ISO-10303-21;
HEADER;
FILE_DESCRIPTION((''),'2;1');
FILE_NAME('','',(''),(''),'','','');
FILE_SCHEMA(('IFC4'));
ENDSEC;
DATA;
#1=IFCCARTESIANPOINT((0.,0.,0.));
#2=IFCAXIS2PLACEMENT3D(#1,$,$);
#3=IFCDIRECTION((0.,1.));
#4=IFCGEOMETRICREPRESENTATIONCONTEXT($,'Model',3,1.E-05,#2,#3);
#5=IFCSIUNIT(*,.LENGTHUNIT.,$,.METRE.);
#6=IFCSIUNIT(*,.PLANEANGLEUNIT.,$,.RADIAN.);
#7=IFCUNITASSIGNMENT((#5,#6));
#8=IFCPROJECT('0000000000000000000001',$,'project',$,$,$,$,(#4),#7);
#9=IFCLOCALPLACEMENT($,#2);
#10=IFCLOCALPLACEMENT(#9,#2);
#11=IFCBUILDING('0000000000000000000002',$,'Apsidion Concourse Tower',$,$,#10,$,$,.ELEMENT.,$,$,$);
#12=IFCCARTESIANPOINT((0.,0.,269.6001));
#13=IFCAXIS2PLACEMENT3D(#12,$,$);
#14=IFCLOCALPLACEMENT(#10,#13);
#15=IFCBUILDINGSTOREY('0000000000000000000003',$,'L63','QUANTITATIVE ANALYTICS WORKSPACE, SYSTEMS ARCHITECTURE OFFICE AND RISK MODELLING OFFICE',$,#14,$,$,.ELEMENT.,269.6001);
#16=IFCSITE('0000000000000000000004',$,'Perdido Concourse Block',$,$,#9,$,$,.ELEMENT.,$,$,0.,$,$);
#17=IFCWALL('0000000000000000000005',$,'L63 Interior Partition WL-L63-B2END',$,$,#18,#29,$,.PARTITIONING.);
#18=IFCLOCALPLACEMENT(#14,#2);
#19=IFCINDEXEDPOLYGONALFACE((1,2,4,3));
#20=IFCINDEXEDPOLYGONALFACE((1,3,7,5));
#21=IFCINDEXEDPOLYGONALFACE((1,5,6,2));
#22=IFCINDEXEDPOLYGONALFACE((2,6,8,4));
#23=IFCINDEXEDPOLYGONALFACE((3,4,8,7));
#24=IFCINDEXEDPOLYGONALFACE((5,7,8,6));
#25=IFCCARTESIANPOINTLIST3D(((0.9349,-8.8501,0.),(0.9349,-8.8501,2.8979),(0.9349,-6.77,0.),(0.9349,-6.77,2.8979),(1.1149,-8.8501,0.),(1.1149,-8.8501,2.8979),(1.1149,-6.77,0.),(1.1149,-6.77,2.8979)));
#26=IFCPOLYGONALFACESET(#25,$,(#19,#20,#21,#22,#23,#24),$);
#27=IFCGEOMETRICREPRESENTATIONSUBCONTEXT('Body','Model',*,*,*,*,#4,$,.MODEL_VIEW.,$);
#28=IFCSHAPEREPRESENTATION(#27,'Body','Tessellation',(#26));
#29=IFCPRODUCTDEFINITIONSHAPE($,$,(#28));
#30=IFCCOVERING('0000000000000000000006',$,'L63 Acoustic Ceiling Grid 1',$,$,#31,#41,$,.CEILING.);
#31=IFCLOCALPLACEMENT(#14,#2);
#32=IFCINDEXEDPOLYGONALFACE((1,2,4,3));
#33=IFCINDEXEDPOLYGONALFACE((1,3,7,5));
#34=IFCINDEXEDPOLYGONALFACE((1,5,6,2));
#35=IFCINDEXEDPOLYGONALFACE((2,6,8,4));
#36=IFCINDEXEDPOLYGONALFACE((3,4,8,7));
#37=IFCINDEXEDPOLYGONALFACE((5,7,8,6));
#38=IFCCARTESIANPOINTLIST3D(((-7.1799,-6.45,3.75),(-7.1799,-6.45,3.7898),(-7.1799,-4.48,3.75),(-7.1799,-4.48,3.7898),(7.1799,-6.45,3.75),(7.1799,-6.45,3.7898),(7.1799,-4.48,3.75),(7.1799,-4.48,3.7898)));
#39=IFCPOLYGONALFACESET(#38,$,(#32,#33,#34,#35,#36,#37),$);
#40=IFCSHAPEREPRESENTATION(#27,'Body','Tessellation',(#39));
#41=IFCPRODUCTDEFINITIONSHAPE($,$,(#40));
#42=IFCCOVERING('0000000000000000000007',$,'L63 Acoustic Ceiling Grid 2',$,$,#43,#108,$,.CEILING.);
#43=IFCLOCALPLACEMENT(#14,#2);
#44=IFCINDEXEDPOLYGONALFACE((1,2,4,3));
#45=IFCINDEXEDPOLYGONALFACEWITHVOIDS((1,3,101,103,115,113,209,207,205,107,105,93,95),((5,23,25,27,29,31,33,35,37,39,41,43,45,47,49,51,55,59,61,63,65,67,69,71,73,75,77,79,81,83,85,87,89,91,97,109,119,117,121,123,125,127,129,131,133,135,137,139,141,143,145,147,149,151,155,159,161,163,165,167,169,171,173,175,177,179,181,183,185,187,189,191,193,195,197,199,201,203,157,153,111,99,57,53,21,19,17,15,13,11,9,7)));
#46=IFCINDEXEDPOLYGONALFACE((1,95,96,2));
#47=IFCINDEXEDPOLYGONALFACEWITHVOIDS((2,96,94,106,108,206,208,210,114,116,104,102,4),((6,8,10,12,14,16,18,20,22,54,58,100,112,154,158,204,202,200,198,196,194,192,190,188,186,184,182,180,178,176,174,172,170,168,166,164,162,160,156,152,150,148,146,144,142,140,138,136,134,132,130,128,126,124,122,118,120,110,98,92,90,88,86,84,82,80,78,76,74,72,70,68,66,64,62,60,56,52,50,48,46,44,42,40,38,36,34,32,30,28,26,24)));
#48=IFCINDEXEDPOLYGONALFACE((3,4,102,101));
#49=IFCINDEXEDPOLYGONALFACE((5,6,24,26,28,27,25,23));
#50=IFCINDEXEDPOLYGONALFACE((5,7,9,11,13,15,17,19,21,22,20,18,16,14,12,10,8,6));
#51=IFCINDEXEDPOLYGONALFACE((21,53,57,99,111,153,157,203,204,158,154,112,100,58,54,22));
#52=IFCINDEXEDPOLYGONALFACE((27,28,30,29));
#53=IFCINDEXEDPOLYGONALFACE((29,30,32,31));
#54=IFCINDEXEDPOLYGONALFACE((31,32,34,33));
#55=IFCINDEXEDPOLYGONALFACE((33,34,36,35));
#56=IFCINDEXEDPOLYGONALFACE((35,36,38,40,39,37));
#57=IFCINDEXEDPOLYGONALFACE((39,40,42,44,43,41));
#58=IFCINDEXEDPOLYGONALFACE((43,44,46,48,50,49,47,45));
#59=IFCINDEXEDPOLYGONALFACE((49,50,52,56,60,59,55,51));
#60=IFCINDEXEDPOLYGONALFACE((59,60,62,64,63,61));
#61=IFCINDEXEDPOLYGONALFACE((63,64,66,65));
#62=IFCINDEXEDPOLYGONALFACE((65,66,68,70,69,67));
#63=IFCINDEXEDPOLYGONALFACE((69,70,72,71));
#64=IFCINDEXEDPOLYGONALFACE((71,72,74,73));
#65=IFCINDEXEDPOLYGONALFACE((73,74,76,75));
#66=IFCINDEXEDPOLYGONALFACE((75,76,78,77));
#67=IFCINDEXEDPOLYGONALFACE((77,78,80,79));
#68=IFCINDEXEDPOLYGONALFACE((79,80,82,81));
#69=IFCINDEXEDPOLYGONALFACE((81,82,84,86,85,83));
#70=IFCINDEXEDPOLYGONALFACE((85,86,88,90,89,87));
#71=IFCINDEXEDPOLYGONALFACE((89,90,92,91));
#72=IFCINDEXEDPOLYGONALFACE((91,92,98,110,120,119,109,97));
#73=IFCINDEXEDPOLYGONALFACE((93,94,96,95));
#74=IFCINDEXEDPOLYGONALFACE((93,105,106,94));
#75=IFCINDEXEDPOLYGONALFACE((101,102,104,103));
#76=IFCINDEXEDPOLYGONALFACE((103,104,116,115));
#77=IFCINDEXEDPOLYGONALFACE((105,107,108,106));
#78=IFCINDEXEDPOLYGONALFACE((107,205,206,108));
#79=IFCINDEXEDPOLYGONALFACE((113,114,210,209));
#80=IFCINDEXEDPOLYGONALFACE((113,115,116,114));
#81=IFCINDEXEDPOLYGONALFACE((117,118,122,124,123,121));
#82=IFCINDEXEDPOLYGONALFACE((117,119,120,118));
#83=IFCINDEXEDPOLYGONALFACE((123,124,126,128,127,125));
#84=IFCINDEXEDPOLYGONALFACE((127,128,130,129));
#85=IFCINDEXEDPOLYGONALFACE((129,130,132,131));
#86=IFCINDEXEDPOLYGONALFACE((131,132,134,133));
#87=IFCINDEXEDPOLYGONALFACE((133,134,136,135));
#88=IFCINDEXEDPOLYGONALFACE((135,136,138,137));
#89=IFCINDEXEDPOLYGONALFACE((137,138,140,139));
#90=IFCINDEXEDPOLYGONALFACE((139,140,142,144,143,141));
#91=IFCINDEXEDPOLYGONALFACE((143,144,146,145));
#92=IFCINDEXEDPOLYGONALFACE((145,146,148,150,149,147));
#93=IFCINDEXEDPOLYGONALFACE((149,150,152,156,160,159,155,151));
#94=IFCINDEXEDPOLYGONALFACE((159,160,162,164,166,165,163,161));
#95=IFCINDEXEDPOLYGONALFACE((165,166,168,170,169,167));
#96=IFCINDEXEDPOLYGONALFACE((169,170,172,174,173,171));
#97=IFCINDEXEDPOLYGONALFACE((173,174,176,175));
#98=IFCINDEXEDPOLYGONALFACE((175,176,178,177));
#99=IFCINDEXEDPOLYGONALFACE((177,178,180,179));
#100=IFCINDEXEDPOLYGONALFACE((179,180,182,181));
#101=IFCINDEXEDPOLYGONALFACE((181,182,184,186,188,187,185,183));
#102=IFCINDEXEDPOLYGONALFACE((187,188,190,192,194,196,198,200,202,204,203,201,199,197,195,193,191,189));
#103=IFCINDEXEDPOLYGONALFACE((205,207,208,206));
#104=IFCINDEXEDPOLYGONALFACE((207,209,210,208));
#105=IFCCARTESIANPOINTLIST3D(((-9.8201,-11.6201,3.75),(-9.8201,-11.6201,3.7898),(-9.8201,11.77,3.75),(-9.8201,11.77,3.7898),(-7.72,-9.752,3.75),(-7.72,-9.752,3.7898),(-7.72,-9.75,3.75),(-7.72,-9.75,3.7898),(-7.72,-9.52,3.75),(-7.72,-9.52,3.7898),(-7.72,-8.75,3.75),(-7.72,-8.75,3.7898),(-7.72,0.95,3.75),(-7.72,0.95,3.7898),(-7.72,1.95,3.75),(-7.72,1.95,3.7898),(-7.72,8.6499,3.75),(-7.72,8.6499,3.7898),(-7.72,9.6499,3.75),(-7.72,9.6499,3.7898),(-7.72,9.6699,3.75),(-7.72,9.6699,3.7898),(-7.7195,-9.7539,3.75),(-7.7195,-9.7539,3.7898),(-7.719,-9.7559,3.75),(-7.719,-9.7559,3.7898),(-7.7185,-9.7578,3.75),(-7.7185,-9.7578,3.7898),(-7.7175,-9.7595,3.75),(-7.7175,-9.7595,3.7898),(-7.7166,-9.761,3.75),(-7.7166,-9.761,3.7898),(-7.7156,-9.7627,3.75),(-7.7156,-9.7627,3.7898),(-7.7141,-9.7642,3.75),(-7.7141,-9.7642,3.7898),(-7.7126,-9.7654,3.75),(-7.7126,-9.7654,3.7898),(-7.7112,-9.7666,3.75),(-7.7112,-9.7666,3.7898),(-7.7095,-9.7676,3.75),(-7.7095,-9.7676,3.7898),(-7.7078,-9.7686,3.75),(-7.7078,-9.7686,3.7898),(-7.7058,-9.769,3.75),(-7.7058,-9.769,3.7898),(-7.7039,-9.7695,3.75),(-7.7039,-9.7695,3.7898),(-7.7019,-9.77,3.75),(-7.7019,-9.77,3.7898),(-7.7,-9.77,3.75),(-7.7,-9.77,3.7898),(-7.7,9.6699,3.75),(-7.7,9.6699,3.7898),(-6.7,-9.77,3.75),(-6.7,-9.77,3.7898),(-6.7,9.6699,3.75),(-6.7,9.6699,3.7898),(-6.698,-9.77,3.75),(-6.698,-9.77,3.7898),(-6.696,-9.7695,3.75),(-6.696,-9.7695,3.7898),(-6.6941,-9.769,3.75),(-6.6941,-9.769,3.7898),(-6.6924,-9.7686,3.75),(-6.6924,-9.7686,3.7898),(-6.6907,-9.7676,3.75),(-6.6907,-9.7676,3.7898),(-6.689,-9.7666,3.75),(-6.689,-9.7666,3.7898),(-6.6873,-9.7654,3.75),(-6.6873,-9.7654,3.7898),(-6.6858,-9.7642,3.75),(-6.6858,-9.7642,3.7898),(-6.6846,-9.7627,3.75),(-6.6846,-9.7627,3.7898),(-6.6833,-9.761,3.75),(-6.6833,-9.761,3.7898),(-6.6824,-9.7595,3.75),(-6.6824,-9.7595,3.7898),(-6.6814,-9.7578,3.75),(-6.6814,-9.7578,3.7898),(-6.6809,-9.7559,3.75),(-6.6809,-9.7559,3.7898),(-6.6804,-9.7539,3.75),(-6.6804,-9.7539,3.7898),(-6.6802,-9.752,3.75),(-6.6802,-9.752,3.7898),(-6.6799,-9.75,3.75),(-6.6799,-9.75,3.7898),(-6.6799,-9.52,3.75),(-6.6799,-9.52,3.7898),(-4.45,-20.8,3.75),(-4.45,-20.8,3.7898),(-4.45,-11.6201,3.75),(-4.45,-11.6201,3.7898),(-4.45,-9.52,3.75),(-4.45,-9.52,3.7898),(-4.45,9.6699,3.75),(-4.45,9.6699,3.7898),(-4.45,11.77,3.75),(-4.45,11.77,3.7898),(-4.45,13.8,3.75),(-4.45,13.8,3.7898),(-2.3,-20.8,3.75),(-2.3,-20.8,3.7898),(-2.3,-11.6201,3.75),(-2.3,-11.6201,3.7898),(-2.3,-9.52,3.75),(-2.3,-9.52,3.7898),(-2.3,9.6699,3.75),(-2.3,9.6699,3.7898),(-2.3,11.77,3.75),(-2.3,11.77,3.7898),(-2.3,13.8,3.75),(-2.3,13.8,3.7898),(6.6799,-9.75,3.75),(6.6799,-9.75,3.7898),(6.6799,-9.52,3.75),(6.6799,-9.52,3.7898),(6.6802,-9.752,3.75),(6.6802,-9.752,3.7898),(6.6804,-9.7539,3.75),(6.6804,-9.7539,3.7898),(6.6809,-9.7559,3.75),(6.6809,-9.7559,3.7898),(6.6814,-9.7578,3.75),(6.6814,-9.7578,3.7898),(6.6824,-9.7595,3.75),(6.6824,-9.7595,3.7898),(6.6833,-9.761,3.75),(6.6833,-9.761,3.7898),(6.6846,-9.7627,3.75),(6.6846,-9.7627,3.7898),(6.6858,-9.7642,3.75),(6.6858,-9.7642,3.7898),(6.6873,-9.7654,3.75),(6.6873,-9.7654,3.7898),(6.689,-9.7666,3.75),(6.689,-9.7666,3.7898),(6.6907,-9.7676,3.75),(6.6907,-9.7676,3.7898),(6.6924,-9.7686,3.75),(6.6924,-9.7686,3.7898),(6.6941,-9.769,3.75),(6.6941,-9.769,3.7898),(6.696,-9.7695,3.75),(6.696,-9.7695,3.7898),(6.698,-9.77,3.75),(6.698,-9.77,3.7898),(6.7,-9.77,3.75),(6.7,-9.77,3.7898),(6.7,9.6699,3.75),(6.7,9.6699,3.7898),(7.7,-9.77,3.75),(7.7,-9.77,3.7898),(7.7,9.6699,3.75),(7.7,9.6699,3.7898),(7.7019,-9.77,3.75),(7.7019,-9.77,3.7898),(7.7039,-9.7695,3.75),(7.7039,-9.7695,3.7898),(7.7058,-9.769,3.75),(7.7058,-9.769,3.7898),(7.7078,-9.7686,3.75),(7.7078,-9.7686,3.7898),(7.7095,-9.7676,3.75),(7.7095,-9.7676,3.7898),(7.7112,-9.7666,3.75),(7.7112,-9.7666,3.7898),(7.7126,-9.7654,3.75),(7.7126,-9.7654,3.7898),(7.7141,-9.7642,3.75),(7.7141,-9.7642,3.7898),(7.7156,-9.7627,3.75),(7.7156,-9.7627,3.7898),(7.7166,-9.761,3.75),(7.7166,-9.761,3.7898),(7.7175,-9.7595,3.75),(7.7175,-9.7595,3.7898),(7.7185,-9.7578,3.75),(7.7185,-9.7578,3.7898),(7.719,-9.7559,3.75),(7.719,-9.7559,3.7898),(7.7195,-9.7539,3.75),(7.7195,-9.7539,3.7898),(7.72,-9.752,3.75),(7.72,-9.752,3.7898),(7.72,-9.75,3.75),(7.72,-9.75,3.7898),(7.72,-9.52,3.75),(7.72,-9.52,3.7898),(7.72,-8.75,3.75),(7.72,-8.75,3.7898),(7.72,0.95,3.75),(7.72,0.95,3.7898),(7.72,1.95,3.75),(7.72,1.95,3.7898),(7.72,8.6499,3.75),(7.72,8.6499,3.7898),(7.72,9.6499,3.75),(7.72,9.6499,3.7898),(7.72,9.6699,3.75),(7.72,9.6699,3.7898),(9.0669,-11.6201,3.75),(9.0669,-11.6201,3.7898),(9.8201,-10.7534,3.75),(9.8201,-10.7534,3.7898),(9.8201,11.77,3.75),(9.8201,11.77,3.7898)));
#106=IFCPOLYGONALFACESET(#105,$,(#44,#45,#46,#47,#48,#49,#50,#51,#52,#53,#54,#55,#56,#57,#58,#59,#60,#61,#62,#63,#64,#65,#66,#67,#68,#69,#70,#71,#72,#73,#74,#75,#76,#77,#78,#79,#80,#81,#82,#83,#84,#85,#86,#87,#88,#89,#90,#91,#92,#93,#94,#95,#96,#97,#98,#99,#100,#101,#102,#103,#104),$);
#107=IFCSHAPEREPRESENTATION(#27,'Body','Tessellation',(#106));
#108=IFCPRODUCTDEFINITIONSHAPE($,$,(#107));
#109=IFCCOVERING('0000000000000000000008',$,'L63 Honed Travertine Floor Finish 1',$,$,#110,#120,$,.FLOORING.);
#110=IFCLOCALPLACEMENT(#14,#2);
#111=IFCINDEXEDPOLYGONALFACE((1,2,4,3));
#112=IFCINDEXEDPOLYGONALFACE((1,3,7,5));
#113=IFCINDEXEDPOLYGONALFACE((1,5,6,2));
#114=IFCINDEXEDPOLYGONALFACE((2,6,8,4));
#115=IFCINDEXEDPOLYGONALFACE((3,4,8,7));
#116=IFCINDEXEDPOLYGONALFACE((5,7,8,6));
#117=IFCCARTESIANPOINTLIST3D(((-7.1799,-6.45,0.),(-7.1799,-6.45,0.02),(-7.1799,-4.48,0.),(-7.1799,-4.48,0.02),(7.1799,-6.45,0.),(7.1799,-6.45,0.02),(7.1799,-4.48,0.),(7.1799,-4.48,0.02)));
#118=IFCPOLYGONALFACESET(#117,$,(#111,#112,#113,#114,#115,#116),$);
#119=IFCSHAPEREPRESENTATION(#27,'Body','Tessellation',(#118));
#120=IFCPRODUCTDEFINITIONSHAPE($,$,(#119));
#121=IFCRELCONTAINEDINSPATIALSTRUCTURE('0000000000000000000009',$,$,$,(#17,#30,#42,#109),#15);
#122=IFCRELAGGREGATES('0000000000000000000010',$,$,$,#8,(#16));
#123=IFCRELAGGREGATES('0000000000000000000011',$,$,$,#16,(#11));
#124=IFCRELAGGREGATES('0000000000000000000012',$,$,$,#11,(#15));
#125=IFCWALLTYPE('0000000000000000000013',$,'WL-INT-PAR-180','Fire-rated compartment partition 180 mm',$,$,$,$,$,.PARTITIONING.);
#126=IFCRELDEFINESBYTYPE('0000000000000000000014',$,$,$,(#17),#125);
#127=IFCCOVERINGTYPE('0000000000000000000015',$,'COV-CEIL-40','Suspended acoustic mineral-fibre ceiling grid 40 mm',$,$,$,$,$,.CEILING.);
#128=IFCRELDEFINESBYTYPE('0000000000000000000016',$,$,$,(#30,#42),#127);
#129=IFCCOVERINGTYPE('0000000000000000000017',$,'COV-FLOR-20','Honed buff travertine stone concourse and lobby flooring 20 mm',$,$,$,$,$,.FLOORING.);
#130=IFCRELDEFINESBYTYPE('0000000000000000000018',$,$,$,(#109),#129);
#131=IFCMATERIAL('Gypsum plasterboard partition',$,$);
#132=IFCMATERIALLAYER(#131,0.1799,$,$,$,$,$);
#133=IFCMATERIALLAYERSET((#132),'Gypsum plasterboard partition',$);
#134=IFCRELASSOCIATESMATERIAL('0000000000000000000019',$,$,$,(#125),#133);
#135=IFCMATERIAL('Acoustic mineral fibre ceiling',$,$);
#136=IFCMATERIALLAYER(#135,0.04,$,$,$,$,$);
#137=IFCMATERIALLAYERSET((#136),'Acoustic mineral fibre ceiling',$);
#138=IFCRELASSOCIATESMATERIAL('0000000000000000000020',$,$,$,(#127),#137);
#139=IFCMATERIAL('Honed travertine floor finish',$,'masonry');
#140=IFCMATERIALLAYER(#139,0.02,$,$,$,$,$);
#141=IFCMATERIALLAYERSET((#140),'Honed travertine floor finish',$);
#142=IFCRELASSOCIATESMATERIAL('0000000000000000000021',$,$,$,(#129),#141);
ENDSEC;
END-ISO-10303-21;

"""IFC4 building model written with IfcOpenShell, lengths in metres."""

from ifc_helpers import new_model, si_unit, direction, frame, frame_2d, origin, place, context, subcontext, project, spatial, polyline, rectangle, outline, extrude, material, layer, layer_set, type_object, element, save


model = new_model("IFC4")

# Units and contexts
model_context = context("Model", 3, precision=1e-05, world=origin(), true_north=direction((0.0, 1.0)))
body_context = subcontext(model_context, "Body", "Model", "MODEL_VIEW")
ifc_project = project(units=[si_unit("LENGTHUNIT", "METRE"), si_unit("PLANEANGLEUNIT", "RADIAN")], contexts=[model_context])

# Site, building, storey
site_placement = place(None, origin())
site = spatial("IfcSite", under=ifc_project, at=site_placement, Name="Perdido Concourse Block", CompositionType="ELEMENT", RefElevation=0.0)
building_placement = place(site_placement, origin())
building = spatial("IfcBuilding", under=site, at=building_placement, Name="Apsidion Concourse Tower", CompositionType="ELEMENT")
storey_placement = place(building_placement, frame((0.0, 0.0, 269.6001)))
storey = spatial("IfcBuildingStorey", under=building, at=storey_placement, Name="L63", Description="QUANTITATIVE ANALYTICS WORKSPACE, SYSTEMS ARCHITECTURE OFFICE AND RISK MODELLING OFFICE", CompositionType="ELEMENT", Elevation=269.6001)

# Wall
ifc_material_1 = material(Name="Gypsum plasterboard partition")
ifc_layer_1 = layer(ifc_material_1, 0.1799)
ifc_layer_set_1 = layer_set([ifc_layer_1], Name="Gypsum plasterboard partition")
wall_type_1 = type_object("IfcWallType", Name="WL-INT-PAR-180", Description="Fire-rated compartment partition 180 mm", PredefinedType="PARTITIONING", material=ifc_layer_set_1)
wall_1_placement = place(storey_placement, frame((1.0249, -8.8501, 0.0), z_axis=(0.0, 0.0, 1.0), x_axis=(0.0, 1.0, 0.0)))
element("IfcWall", 1, at=wall_1_placement, inside=storey, type_object=wall_type_1, Name="L63 Interior Partition WL-L63-B2END", PredefinedType="PARTITIONING", context=body_context, shape_type="SweptSolid", body=[
    extrude(rectangle(XDim=2.0801, YDim=0.1799, at=frame_2d((1.04, 0.0))), origin(), (0.0, 0.0, 1.0), 2.8979),
])

# Coverings
ifc_material_2 = material(Name="Acoustic mineral fibre ceiling")
ifc_layer_2 = layer(ifc_material_2, 0.04)
ifc_layer_set_2 = layer_set([ifc_layer_2], Name="Acoustic mineral fibre ceiling")
covering_type_1 = type_object("IfcCoveringType", Name="COV-CEIL-40", Description="Suspended acoustic mineral-fibre ceiling grid 40 mm", PredefinedType="CEILING", material=ifc_layer_set_2)
covering_1_placement = place(storey_placement, frame((0.0, 0.0, 3.75)))
element("IfcCovering", 2, at=covering_1_placement, inside=storey, type_object=covering_type_1, Name="L63 Acoustic Ceiling Grid 1", PredefinedType="CEILING", context=body_context, shape_type="SweptSolid", body=[
    extrude(outline(polyline([(-7.1799, -6.45), (-7.1799, -4.48), (7.1799, -4.48), (7.1799, -6.45), (-7.1799, -6.45)])), origin(), (0.0, 0.0, 1.0), 0.0398),
])
covering_2_placement = place(storey_placement, frame((0.0, 0.0, 3.75)))
element("IfcCovering", 3, at=covering_2_placement, inside=storey, type_object=covering_type_1, Name="L63 Acoustic Ceiling Grid 2", PredefinedType="CEILING", context=body_context, shape_type="SweptSolid", body=[
    extrude(outline(polyline([(-9.8201, -11.6201), (-9.8201, 11.77), (-4.45, 11.77), (-4.45, 13.8), (-2.3, 13.8), (-2.3, 11.77), (9.8201, 11.77), (9.8201, -10.7534), (9.0669, -11.6201), (-2.3, -11.6201), (-2.3, -20.8), (-4.45, -20.8), (-4.45, -11.6201), (-9.8201, -11.6201)]), holes=[polyline([(7.7, 9.6699), (6.7, 9.6699), (-2.3, 9.6699), (-4.45, 9.6699), (-6.7, 9.6699), (-7.7, 9.6699), (-7.72, 9.6699), (-7.72, 9.6499), (-7.72, 8.6499), (-7.72, 1.95), (-7.72, 0.95), (-7.72, -8.75), (-7.72, -9.52), (-7.72, -9.75), (-7.72, -9.752), (-7.7195, -9.7539), (-7.719, -9.7559), (-7.7185, -9.7578), (-7.7175, -9.7595), (-7.7166, -9.761), (-7.7156, -9.7627), (-7.7141, -9.7642), (-7.7126, -9.7654), (-7.7112, -9.7666), (-7.7095, -9.7676), (-7.7078, -9.7686), (-7.7058, -9.769), (-7.7039, -9.7695), (-7.7019, -9.77), (-7.7, -9.77), (-6.7, -9.77), (-6.698, -9.77), (-6.696, -9.7695), (-6.6941, -9.769), (-6.6924, -9.7686), (-6.6907, -9.7676), (-6.689, -9.7666), (-6.6873, -9.7654), (-6.6858, -9.7642), (-6.6846, -9.7627), (-6.6833, -9.761), (-6.6824, -9.7595), (-6.6814, -9.7578), (-6.6809, -9.7559), (-6.6804, -9.7539), (-6.6802, -9.752), (-6.6799, -9.75), (-6.6799, -9.52), (-4.45, -9.52), (-2.3, -9.52), (6.6799, -9.52), (6.6799, -9.75), (6.6802, -9.752), (6.6804, -9.7539), (6.6809, -9.7559), (6.6814, -9.7578), (6.6824, -9.7595), (6.6833, -9.761), (6.6846, -9.7627), (6.6858, -9.7642), (6.6873, -9.7654), (6.689, -9.7666), (6.6907, -9.7676), (6.6924, -9.7686), (6.6941, -9.769), (6.696, -9.7695), (6.698, -9.77), (6.7, -9.77), (7.7, -9.77), (7.7019, -9.77), (7.7039, -9.7695), (7.7058, -9.769), (7.7078, -9.7686), (7.7095, -9.7676), (7.7112, -9.7666), (7.7126, -9.7654), (7.7141, -9.7642), (7.7156, -9.7627), (7.7166, -9.761), (7.7175, -9.7595), (7.7185, -9.7578), (7.719, -9.7559), (7.7195, -9.7539), (7.72, -9.752), (7.72, -9.75), (7.72, -9.52), (7.72, -8.75), (7.72, 0.95), (7.72, 1.95), (7.72, 8.6499), (7.72, 9.6499), (7.72, 9.6699), (7.7, 9.6699)])]), origin(), (0.0, 0.0, 1.0), 0.0398),
])
ifc_material_3 = material(Name="Honed travertine floor finish", Category="masonry")
ifc_layer_3 = layer(ifc_material_3, 0.02)
ifc_layer_set_3 = layer_set([ifc_layer_3], Name="Honed travertine floor finish")
covering_type_2 = type_object("IfcCoveringType", Name="COV-FLOR-20", Description="Honed buff travertine stone concourse and lobby flooring 20 mm", PredefinedType="FLOORING", material=ifc_layer_set_3)
covering_3_placement = place(storey_placement, origin())
element("IfcCovering", 4, at=covering_3_placement, inside=storey, type_object=covering_type_2, Name="L63 Honed Travertine Floor Finish 1", PredefinedType="FLOORING", context=body_context, shape_type="SweptSolid", body=[
    extrude(outline(polyline([(-7.1799, -6.45), (-7.1799, -4.48), (7.1799, -4.48), (7.1799, -6.45), (-7.1799, -6.45)])), origin(), (0.0, 0.0, 1.0), 0.02),
])

save(model, "model.ifc")
